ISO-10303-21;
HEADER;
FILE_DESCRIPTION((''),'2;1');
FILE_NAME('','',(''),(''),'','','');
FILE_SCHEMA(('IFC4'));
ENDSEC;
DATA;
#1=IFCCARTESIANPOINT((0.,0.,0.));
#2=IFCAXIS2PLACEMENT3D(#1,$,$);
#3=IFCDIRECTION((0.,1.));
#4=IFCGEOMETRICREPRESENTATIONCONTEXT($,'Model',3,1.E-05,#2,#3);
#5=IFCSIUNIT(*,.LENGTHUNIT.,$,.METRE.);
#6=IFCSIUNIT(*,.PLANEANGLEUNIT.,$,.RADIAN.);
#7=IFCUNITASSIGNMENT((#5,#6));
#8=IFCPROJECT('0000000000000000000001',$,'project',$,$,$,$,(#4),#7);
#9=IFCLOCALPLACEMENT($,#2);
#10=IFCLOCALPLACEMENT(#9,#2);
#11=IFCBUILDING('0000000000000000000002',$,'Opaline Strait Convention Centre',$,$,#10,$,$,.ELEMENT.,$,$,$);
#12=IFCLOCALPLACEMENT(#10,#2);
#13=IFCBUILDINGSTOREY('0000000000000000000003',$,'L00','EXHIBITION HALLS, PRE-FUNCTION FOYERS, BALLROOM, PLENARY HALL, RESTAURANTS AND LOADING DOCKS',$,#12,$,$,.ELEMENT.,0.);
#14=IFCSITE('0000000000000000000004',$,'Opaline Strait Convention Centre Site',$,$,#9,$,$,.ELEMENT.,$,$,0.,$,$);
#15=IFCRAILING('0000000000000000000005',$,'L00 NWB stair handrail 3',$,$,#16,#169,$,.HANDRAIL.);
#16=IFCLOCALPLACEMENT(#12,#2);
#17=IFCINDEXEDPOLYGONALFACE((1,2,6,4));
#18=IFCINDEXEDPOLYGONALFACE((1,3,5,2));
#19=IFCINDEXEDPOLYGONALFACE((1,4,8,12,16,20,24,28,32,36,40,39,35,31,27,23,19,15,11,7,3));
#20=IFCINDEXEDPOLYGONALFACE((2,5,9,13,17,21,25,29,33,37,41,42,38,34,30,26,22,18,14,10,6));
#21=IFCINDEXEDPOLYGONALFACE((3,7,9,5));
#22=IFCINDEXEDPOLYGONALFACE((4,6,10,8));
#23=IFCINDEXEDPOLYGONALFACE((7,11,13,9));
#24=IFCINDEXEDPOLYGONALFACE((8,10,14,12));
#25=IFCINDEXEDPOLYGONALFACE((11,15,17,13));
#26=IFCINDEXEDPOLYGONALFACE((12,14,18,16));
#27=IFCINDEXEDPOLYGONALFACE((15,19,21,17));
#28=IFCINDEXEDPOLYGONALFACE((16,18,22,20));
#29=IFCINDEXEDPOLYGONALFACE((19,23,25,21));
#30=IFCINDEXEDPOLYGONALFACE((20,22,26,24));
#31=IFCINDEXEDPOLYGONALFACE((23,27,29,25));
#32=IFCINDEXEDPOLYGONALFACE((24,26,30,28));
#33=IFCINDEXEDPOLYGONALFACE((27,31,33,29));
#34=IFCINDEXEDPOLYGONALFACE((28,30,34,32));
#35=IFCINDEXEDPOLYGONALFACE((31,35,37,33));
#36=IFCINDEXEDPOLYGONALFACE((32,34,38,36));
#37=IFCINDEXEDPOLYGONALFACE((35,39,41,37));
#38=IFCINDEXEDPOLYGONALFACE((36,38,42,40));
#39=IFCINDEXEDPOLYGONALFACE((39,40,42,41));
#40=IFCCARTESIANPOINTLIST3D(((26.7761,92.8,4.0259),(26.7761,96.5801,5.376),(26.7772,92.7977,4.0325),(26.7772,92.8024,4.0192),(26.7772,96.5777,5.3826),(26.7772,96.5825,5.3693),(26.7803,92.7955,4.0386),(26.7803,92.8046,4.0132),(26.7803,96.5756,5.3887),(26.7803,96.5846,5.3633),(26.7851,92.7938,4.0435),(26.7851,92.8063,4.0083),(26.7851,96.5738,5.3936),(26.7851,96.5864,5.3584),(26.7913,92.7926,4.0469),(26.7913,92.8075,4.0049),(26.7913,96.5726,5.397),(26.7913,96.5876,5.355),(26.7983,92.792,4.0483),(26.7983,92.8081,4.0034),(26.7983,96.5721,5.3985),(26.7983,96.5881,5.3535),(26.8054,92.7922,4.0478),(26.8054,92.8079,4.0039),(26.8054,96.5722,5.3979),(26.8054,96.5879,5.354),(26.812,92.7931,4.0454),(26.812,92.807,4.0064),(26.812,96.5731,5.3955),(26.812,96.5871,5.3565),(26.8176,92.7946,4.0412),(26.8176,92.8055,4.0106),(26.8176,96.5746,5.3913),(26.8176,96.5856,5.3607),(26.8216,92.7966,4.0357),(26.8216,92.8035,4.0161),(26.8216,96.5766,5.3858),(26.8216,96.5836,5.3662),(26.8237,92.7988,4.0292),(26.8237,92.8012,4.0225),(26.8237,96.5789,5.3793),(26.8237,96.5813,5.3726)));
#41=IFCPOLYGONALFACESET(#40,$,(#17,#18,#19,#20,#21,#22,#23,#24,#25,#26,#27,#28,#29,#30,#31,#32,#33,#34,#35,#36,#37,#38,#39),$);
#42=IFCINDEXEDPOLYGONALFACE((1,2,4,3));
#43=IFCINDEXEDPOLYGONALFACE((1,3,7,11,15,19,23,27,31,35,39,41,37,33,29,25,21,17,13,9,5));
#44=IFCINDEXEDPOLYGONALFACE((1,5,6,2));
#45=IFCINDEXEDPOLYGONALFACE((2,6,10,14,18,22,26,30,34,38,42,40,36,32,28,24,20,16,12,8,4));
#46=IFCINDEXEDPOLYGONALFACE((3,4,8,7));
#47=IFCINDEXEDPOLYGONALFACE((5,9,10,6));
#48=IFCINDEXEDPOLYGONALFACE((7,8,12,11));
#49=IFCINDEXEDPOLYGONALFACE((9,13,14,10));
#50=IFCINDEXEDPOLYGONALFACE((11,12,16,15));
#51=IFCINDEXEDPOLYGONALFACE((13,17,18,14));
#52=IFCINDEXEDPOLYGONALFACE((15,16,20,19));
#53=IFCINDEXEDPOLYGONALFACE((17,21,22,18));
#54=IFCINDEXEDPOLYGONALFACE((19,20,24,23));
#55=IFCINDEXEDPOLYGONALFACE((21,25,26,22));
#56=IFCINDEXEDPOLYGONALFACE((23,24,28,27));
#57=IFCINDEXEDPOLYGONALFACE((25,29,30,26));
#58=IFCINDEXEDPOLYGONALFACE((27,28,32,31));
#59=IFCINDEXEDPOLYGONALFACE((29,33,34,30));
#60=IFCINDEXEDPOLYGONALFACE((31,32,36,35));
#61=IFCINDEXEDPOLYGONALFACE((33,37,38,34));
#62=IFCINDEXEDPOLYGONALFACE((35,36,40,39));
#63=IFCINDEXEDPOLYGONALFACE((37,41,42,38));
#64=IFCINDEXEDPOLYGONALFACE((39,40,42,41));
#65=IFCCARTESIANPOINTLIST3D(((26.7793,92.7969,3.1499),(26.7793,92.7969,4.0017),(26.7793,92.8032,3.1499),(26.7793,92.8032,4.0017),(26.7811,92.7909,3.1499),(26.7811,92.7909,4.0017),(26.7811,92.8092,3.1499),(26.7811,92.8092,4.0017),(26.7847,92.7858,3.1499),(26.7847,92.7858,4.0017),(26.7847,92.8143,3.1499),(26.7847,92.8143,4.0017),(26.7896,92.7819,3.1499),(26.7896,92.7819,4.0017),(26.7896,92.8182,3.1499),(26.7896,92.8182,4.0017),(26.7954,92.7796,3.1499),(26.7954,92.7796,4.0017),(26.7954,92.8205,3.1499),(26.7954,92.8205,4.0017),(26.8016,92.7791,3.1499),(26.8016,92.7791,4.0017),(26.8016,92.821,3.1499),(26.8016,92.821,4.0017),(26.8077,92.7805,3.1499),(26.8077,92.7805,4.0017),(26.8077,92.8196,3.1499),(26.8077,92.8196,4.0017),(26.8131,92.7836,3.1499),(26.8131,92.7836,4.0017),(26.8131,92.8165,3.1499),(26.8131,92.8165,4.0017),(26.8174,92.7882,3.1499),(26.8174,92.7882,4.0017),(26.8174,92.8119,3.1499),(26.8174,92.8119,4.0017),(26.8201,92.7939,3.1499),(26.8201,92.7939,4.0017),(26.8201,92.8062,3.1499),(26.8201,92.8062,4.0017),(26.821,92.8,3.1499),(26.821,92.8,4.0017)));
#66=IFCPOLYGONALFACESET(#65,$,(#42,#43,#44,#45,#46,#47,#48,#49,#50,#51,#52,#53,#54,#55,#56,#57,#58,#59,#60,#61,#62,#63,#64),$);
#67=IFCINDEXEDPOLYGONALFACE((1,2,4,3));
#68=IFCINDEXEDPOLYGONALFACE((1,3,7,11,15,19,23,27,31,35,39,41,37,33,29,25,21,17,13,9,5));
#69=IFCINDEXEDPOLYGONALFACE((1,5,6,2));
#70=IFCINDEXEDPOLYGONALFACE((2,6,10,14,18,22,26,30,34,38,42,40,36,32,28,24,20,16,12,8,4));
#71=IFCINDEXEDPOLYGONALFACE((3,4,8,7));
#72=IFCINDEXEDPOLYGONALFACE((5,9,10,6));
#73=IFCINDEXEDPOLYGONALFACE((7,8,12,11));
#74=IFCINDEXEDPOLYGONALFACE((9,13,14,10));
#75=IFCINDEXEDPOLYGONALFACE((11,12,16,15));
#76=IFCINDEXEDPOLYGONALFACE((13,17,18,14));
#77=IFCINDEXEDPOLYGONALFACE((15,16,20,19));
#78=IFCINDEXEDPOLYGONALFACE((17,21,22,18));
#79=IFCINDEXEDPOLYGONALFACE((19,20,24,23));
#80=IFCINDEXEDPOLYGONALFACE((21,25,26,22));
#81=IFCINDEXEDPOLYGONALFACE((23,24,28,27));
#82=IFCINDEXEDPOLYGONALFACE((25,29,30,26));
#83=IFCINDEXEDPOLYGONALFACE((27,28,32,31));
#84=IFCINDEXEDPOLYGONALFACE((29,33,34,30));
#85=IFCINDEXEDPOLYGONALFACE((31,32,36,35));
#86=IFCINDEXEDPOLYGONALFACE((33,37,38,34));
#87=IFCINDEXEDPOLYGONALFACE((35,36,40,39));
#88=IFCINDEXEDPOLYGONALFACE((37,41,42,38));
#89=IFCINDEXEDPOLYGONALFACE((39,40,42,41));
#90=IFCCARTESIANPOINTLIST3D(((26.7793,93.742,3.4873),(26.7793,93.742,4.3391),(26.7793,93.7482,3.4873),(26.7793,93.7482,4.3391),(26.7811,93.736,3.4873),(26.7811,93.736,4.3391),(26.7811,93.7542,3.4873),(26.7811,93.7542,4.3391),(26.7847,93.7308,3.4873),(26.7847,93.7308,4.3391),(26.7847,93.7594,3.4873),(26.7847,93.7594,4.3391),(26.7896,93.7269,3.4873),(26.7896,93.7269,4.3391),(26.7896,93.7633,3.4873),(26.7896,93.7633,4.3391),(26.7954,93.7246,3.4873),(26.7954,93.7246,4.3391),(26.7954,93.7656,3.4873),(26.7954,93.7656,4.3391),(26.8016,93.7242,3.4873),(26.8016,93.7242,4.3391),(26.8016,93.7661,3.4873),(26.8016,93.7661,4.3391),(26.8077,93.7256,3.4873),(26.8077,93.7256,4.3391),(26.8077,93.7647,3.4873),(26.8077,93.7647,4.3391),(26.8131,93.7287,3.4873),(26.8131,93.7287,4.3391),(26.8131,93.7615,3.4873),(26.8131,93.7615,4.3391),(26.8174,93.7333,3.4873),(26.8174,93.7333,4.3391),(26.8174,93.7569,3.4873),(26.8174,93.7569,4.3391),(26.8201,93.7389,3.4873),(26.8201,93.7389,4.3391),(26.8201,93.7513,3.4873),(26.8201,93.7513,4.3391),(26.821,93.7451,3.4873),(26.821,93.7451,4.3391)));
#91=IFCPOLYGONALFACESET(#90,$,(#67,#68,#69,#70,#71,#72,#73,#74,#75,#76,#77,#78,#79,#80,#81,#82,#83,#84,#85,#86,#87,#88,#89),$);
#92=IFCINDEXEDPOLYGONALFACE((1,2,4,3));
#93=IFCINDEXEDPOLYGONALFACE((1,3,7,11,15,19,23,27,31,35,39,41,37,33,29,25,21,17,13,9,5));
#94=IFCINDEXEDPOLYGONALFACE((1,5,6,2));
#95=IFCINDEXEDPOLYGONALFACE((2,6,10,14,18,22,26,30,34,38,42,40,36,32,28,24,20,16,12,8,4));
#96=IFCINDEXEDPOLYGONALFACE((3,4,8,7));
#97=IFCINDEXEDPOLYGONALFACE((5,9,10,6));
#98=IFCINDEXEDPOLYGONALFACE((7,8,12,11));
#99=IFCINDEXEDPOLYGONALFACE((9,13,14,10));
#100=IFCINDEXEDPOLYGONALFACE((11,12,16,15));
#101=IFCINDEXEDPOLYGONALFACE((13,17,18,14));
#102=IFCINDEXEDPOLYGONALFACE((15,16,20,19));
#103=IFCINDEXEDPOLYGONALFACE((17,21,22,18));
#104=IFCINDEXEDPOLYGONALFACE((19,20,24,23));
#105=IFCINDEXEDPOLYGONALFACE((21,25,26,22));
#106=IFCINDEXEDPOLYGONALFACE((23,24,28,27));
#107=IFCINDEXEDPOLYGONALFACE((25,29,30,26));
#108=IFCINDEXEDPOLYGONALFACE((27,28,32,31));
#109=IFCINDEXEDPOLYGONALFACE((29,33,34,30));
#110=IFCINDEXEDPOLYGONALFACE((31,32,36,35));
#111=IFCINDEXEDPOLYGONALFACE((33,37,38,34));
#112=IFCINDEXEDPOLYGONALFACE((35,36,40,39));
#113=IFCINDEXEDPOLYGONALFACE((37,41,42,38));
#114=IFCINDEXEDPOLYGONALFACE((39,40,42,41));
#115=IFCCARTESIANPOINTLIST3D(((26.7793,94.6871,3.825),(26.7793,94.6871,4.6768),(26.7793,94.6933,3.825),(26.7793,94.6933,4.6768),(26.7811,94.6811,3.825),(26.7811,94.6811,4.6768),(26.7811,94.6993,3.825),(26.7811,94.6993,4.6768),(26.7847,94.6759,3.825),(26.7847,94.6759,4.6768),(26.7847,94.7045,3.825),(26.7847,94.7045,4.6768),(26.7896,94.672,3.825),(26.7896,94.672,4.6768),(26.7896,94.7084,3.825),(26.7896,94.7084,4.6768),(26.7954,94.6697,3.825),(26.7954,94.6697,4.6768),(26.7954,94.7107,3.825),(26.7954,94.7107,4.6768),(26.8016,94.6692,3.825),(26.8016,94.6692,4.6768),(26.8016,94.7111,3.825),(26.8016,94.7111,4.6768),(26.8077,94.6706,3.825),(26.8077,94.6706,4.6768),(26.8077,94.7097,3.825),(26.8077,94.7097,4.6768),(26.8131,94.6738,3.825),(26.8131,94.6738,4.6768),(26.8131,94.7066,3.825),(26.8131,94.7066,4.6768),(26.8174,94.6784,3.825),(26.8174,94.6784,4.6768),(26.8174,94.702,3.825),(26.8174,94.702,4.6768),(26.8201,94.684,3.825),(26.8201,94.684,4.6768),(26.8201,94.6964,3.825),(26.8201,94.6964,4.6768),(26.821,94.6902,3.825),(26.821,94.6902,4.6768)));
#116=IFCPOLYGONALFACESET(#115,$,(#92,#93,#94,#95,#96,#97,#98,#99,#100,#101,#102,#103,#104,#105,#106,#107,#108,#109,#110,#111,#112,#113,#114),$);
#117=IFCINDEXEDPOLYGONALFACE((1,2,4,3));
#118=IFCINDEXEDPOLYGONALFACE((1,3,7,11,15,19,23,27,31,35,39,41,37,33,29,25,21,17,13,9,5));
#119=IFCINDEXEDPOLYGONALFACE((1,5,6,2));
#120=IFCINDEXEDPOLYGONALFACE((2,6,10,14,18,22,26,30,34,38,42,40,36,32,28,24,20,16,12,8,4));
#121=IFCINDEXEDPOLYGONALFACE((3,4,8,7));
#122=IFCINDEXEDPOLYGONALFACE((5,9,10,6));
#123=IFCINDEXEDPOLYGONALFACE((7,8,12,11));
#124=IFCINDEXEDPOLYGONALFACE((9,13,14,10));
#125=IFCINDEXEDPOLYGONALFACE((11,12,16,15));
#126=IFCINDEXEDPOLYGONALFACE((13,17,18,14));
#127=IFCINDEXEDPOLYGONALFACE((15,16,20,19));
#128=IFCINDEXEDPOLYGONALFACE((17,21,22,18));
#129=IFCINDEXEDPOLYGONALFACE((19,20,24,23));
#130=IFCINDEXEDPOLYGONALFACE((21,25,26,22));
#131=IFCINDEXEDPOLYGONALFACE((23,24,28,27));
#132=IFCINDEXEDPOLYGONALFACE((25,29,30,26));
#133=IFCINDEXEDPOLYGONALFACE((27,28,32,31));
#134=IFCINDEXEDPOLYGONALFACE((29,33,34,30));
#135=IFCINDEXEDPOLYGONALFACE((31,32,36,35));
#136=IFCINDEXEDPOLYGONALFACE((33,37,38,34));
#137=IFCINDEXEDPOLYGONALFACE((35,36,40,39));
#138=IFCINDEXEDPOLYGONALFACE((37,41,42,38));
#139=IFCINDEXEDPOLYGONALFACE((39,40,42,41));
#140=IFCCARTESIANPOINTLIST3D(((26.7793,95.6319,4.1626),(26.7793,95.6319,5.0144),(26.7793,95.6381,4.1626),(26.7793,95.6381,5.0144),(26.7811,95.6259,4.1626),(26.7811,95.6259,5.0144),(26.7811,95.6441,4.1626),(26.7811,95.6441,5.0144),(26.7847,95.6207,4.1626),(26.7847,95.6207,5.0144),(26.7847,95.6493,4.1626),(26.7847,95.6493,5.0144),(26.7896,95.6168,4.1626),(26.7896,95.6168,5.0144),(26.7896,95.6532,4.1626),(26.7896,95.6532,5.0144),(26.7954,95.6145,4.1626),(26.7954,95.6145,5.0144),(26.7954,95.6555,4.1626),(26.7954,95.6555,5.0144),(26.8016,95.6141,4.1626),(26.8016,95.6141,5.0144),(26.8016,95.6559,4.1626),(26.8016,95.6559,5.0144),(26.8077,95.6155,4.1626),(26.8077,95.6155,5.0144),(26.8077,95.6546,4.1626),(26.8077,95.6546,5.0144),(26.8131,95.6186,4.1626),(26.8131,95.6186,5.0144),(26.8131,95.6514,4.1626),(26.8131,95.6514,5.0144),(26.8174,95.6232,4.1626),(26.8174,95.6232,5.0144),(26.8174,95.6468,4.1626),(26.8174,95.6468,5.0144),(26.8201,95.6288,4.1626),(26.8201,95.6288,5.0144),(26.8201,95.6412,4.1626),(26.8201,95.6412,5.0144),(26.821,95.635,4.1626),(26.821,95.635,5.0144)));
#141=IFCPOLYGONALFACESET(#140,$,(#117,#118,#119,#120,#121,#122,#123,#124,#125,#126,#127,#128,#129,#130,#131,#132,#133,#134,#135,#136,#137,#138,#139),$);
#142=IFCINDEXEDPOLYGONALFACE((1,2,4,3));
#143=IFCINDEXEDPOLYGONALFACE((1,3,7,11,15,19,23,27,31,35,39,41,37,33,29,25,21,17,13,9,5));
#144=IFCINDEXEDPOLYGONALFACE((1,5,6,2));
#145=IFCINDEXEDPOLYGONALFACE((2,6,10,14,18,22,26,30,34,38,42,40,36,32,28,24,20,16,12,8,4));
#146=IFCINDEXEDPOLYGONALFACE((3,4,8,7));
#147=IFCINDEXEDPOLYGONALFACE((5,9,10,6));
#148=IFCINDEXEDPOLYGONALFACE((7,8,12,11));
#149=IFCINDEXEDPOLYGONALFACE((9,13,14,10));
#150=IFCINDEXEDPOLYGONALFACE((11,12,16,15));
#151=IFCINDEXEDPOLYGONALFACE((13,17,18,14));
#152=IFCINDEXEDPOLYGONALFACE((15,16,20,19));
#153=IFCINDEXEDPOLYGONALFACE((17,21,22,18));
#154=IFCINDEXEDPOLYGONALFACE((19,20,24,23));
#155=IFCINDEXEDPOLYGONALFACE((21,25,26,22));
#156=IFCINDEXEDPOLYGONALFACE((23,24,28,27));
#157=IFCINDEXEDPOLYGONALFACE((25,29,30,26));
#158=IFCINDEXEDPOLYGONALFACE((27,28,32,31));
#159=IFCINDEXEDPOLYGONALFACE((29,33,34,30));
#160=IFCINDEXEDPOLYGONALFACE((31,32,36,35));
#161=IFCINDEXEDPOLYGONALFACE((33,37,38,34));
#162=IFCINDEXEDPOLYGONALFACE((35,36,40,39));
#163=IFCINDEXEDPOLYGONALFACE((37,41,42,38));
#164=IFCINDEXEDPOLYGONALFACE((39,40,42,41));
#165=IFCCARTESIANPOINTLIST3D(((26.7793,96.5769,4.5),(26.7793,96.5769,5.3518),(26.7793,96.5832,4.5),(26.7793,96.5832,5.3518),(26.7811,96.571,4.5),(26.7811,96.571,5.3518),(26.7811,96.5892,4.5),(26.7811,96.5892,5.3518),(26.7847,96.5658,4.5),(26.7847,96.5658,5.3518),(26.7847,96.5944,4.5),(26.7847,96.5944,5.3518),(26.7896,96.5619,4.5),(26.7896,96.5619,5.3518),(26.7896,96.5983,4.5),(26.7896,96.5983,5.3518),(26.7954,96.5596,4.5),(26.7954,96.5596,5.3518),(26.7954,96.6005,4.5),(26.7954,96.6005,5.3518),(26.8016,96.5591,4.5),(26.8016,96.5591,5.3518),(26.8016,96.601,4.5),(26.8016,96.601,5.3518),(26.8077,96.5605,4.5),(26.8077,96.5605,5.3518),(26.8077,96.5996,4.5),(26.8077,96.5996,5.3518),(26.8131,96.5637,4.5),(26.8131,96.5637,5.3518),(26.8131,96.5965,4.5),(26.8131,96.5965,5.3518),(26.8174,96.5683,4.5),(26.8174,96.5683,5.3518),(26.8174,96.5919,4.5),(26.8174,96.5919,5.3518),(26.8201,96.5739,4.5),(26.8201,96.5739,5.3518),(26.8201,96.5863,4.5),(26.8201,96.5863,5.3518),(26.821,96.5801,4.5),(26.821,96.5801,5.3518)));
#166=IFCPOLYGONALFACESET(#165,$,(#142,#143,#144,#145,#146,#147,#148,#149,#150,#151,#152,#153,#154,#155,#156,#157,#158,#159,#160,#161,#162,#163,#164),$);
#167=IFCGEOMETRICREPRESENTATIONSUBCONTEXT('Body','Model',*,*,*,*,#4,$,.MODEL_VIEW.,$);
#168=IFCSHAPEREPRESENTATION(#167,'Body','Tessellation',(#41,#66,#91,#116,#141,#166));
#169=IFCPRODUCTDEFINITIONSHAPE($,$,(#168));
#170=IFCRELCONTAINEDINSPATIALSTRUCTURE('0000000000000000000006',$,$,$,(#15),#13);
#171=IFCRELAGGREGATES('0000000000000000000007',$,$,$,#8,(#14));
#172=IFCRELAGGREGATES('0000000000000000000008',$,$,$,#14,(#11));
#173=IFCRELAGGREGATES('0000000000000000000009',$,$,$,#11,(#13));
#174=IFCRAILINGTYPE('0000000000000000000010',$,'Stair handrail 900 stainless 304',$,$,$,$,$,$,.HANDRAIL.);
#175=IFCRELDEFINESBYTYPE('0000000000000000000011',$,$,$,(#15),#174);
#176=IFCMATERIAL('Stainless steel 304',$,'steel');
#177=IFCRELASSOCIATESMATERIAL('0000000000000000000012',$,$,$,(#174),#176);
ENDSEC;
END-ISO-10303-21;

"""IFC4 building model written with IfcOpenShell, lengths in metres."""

from ifc_helpers import new_model, si_unit, direction, frame, origin, origin_2d, place, context, subcontext, project, spatial, circle, extrude, material, type_object, element, save


model = new_model("IFC4")

# Units and contexts
model_context = context("Model", 3, precision=1e-05, world=origin(), true_north=direction((0.0, 1.0)))
body_context = subcontext(model_context, "Body", "Model", "MODEL_VIEW")
ifc_project = project(units=[si_unit("LENGTHUNIT", "METRE"), si_unit("PLANEANGLEUNIT", "RADIAN")], contexts=[model_context])

# Site, building, storey
site_placement = place(None, origin())
site = spatial("IfcSite", under=ifc_project, at=site_placement, Name="Opaline Strait Convention Centre Site", CompositionType="ELEMENT", RefElevation=0.0)
building_placement = place(site_placement, origin())
building = spatial("IfcBuilding", under=site, at=building_placement, Name="Opaline Strait Convention Centre", CompositionType="ELEMENT")
storey_placement = place(building_placement, origin())
storey = spatial("IfcBuildingStorey", under=building, at=storey_placement, Name="L00", Description="EXHIBITION HALLS, PRE-FUNCTION FOYERS, BALLROOM, PLENARY HALL, RESTAURANTS AND LOADING DOCKS", CompositionType="ELEMENT", Elevation=0.0)

# Railing
ifc_material_1 = material(Name="Stainless steel 304", Category="steel")
railing_type_1 = type_object("IfcRailingType", Name="Stair handrail 900 stainless 304", PredefinedType="HANDRAIL", material=ifc_material_1)
railing_1_placement = place(storey_placement, frame((26.8, 92.8, 3.1499)))
element("IfcRailing", 1, at=railing_1_placement, inside=storey, type_object=railing_type_1, Name="L00 NWB stair handrail 3", PredefinedType="HANDRAIL", context=body_context, shape_type="SweptSolid", body=[
    extrude(circle(Radius=0.0239, at=origin_2d()), frame((0.0, 0.0, 0.876), z_axis=(0.0, 0.941735, 0.336356), x_axis=(-1.0, 0.0, 0.0)), (0.0, 0.0, 1.0), 4.0139),
    extrude(circle(Radius=0.021, at=origin_2d()), origin(), (0.0, 0.0, 1.0), 0.8518),
    extrude(circle(Radius=0.021, at=origin_2d()), frame((0.0, 0.9451, 0.3374)), (0.0, 0.0, 1.0), 0.8518),
    extrude(circle(Radius=0.021, at=origin_2d()), frame((0.0, 1.8901, 0.675)), (0.0, 0.0, 1.0), 0.8518),
    extrude(circle(Radius=0.021, at=origin_2d()), frame((0.0, 2.835, 1.0127)), (0.0, 0.0, 1.0), 0.8518),
    extrude(circle(Radius=0.021, at=origin_2d()), frame((0.0, 3.78, 1.3501)), (0.0, 0.0, 1.0), 0.8518),
])

save(model, "model.ifc")
